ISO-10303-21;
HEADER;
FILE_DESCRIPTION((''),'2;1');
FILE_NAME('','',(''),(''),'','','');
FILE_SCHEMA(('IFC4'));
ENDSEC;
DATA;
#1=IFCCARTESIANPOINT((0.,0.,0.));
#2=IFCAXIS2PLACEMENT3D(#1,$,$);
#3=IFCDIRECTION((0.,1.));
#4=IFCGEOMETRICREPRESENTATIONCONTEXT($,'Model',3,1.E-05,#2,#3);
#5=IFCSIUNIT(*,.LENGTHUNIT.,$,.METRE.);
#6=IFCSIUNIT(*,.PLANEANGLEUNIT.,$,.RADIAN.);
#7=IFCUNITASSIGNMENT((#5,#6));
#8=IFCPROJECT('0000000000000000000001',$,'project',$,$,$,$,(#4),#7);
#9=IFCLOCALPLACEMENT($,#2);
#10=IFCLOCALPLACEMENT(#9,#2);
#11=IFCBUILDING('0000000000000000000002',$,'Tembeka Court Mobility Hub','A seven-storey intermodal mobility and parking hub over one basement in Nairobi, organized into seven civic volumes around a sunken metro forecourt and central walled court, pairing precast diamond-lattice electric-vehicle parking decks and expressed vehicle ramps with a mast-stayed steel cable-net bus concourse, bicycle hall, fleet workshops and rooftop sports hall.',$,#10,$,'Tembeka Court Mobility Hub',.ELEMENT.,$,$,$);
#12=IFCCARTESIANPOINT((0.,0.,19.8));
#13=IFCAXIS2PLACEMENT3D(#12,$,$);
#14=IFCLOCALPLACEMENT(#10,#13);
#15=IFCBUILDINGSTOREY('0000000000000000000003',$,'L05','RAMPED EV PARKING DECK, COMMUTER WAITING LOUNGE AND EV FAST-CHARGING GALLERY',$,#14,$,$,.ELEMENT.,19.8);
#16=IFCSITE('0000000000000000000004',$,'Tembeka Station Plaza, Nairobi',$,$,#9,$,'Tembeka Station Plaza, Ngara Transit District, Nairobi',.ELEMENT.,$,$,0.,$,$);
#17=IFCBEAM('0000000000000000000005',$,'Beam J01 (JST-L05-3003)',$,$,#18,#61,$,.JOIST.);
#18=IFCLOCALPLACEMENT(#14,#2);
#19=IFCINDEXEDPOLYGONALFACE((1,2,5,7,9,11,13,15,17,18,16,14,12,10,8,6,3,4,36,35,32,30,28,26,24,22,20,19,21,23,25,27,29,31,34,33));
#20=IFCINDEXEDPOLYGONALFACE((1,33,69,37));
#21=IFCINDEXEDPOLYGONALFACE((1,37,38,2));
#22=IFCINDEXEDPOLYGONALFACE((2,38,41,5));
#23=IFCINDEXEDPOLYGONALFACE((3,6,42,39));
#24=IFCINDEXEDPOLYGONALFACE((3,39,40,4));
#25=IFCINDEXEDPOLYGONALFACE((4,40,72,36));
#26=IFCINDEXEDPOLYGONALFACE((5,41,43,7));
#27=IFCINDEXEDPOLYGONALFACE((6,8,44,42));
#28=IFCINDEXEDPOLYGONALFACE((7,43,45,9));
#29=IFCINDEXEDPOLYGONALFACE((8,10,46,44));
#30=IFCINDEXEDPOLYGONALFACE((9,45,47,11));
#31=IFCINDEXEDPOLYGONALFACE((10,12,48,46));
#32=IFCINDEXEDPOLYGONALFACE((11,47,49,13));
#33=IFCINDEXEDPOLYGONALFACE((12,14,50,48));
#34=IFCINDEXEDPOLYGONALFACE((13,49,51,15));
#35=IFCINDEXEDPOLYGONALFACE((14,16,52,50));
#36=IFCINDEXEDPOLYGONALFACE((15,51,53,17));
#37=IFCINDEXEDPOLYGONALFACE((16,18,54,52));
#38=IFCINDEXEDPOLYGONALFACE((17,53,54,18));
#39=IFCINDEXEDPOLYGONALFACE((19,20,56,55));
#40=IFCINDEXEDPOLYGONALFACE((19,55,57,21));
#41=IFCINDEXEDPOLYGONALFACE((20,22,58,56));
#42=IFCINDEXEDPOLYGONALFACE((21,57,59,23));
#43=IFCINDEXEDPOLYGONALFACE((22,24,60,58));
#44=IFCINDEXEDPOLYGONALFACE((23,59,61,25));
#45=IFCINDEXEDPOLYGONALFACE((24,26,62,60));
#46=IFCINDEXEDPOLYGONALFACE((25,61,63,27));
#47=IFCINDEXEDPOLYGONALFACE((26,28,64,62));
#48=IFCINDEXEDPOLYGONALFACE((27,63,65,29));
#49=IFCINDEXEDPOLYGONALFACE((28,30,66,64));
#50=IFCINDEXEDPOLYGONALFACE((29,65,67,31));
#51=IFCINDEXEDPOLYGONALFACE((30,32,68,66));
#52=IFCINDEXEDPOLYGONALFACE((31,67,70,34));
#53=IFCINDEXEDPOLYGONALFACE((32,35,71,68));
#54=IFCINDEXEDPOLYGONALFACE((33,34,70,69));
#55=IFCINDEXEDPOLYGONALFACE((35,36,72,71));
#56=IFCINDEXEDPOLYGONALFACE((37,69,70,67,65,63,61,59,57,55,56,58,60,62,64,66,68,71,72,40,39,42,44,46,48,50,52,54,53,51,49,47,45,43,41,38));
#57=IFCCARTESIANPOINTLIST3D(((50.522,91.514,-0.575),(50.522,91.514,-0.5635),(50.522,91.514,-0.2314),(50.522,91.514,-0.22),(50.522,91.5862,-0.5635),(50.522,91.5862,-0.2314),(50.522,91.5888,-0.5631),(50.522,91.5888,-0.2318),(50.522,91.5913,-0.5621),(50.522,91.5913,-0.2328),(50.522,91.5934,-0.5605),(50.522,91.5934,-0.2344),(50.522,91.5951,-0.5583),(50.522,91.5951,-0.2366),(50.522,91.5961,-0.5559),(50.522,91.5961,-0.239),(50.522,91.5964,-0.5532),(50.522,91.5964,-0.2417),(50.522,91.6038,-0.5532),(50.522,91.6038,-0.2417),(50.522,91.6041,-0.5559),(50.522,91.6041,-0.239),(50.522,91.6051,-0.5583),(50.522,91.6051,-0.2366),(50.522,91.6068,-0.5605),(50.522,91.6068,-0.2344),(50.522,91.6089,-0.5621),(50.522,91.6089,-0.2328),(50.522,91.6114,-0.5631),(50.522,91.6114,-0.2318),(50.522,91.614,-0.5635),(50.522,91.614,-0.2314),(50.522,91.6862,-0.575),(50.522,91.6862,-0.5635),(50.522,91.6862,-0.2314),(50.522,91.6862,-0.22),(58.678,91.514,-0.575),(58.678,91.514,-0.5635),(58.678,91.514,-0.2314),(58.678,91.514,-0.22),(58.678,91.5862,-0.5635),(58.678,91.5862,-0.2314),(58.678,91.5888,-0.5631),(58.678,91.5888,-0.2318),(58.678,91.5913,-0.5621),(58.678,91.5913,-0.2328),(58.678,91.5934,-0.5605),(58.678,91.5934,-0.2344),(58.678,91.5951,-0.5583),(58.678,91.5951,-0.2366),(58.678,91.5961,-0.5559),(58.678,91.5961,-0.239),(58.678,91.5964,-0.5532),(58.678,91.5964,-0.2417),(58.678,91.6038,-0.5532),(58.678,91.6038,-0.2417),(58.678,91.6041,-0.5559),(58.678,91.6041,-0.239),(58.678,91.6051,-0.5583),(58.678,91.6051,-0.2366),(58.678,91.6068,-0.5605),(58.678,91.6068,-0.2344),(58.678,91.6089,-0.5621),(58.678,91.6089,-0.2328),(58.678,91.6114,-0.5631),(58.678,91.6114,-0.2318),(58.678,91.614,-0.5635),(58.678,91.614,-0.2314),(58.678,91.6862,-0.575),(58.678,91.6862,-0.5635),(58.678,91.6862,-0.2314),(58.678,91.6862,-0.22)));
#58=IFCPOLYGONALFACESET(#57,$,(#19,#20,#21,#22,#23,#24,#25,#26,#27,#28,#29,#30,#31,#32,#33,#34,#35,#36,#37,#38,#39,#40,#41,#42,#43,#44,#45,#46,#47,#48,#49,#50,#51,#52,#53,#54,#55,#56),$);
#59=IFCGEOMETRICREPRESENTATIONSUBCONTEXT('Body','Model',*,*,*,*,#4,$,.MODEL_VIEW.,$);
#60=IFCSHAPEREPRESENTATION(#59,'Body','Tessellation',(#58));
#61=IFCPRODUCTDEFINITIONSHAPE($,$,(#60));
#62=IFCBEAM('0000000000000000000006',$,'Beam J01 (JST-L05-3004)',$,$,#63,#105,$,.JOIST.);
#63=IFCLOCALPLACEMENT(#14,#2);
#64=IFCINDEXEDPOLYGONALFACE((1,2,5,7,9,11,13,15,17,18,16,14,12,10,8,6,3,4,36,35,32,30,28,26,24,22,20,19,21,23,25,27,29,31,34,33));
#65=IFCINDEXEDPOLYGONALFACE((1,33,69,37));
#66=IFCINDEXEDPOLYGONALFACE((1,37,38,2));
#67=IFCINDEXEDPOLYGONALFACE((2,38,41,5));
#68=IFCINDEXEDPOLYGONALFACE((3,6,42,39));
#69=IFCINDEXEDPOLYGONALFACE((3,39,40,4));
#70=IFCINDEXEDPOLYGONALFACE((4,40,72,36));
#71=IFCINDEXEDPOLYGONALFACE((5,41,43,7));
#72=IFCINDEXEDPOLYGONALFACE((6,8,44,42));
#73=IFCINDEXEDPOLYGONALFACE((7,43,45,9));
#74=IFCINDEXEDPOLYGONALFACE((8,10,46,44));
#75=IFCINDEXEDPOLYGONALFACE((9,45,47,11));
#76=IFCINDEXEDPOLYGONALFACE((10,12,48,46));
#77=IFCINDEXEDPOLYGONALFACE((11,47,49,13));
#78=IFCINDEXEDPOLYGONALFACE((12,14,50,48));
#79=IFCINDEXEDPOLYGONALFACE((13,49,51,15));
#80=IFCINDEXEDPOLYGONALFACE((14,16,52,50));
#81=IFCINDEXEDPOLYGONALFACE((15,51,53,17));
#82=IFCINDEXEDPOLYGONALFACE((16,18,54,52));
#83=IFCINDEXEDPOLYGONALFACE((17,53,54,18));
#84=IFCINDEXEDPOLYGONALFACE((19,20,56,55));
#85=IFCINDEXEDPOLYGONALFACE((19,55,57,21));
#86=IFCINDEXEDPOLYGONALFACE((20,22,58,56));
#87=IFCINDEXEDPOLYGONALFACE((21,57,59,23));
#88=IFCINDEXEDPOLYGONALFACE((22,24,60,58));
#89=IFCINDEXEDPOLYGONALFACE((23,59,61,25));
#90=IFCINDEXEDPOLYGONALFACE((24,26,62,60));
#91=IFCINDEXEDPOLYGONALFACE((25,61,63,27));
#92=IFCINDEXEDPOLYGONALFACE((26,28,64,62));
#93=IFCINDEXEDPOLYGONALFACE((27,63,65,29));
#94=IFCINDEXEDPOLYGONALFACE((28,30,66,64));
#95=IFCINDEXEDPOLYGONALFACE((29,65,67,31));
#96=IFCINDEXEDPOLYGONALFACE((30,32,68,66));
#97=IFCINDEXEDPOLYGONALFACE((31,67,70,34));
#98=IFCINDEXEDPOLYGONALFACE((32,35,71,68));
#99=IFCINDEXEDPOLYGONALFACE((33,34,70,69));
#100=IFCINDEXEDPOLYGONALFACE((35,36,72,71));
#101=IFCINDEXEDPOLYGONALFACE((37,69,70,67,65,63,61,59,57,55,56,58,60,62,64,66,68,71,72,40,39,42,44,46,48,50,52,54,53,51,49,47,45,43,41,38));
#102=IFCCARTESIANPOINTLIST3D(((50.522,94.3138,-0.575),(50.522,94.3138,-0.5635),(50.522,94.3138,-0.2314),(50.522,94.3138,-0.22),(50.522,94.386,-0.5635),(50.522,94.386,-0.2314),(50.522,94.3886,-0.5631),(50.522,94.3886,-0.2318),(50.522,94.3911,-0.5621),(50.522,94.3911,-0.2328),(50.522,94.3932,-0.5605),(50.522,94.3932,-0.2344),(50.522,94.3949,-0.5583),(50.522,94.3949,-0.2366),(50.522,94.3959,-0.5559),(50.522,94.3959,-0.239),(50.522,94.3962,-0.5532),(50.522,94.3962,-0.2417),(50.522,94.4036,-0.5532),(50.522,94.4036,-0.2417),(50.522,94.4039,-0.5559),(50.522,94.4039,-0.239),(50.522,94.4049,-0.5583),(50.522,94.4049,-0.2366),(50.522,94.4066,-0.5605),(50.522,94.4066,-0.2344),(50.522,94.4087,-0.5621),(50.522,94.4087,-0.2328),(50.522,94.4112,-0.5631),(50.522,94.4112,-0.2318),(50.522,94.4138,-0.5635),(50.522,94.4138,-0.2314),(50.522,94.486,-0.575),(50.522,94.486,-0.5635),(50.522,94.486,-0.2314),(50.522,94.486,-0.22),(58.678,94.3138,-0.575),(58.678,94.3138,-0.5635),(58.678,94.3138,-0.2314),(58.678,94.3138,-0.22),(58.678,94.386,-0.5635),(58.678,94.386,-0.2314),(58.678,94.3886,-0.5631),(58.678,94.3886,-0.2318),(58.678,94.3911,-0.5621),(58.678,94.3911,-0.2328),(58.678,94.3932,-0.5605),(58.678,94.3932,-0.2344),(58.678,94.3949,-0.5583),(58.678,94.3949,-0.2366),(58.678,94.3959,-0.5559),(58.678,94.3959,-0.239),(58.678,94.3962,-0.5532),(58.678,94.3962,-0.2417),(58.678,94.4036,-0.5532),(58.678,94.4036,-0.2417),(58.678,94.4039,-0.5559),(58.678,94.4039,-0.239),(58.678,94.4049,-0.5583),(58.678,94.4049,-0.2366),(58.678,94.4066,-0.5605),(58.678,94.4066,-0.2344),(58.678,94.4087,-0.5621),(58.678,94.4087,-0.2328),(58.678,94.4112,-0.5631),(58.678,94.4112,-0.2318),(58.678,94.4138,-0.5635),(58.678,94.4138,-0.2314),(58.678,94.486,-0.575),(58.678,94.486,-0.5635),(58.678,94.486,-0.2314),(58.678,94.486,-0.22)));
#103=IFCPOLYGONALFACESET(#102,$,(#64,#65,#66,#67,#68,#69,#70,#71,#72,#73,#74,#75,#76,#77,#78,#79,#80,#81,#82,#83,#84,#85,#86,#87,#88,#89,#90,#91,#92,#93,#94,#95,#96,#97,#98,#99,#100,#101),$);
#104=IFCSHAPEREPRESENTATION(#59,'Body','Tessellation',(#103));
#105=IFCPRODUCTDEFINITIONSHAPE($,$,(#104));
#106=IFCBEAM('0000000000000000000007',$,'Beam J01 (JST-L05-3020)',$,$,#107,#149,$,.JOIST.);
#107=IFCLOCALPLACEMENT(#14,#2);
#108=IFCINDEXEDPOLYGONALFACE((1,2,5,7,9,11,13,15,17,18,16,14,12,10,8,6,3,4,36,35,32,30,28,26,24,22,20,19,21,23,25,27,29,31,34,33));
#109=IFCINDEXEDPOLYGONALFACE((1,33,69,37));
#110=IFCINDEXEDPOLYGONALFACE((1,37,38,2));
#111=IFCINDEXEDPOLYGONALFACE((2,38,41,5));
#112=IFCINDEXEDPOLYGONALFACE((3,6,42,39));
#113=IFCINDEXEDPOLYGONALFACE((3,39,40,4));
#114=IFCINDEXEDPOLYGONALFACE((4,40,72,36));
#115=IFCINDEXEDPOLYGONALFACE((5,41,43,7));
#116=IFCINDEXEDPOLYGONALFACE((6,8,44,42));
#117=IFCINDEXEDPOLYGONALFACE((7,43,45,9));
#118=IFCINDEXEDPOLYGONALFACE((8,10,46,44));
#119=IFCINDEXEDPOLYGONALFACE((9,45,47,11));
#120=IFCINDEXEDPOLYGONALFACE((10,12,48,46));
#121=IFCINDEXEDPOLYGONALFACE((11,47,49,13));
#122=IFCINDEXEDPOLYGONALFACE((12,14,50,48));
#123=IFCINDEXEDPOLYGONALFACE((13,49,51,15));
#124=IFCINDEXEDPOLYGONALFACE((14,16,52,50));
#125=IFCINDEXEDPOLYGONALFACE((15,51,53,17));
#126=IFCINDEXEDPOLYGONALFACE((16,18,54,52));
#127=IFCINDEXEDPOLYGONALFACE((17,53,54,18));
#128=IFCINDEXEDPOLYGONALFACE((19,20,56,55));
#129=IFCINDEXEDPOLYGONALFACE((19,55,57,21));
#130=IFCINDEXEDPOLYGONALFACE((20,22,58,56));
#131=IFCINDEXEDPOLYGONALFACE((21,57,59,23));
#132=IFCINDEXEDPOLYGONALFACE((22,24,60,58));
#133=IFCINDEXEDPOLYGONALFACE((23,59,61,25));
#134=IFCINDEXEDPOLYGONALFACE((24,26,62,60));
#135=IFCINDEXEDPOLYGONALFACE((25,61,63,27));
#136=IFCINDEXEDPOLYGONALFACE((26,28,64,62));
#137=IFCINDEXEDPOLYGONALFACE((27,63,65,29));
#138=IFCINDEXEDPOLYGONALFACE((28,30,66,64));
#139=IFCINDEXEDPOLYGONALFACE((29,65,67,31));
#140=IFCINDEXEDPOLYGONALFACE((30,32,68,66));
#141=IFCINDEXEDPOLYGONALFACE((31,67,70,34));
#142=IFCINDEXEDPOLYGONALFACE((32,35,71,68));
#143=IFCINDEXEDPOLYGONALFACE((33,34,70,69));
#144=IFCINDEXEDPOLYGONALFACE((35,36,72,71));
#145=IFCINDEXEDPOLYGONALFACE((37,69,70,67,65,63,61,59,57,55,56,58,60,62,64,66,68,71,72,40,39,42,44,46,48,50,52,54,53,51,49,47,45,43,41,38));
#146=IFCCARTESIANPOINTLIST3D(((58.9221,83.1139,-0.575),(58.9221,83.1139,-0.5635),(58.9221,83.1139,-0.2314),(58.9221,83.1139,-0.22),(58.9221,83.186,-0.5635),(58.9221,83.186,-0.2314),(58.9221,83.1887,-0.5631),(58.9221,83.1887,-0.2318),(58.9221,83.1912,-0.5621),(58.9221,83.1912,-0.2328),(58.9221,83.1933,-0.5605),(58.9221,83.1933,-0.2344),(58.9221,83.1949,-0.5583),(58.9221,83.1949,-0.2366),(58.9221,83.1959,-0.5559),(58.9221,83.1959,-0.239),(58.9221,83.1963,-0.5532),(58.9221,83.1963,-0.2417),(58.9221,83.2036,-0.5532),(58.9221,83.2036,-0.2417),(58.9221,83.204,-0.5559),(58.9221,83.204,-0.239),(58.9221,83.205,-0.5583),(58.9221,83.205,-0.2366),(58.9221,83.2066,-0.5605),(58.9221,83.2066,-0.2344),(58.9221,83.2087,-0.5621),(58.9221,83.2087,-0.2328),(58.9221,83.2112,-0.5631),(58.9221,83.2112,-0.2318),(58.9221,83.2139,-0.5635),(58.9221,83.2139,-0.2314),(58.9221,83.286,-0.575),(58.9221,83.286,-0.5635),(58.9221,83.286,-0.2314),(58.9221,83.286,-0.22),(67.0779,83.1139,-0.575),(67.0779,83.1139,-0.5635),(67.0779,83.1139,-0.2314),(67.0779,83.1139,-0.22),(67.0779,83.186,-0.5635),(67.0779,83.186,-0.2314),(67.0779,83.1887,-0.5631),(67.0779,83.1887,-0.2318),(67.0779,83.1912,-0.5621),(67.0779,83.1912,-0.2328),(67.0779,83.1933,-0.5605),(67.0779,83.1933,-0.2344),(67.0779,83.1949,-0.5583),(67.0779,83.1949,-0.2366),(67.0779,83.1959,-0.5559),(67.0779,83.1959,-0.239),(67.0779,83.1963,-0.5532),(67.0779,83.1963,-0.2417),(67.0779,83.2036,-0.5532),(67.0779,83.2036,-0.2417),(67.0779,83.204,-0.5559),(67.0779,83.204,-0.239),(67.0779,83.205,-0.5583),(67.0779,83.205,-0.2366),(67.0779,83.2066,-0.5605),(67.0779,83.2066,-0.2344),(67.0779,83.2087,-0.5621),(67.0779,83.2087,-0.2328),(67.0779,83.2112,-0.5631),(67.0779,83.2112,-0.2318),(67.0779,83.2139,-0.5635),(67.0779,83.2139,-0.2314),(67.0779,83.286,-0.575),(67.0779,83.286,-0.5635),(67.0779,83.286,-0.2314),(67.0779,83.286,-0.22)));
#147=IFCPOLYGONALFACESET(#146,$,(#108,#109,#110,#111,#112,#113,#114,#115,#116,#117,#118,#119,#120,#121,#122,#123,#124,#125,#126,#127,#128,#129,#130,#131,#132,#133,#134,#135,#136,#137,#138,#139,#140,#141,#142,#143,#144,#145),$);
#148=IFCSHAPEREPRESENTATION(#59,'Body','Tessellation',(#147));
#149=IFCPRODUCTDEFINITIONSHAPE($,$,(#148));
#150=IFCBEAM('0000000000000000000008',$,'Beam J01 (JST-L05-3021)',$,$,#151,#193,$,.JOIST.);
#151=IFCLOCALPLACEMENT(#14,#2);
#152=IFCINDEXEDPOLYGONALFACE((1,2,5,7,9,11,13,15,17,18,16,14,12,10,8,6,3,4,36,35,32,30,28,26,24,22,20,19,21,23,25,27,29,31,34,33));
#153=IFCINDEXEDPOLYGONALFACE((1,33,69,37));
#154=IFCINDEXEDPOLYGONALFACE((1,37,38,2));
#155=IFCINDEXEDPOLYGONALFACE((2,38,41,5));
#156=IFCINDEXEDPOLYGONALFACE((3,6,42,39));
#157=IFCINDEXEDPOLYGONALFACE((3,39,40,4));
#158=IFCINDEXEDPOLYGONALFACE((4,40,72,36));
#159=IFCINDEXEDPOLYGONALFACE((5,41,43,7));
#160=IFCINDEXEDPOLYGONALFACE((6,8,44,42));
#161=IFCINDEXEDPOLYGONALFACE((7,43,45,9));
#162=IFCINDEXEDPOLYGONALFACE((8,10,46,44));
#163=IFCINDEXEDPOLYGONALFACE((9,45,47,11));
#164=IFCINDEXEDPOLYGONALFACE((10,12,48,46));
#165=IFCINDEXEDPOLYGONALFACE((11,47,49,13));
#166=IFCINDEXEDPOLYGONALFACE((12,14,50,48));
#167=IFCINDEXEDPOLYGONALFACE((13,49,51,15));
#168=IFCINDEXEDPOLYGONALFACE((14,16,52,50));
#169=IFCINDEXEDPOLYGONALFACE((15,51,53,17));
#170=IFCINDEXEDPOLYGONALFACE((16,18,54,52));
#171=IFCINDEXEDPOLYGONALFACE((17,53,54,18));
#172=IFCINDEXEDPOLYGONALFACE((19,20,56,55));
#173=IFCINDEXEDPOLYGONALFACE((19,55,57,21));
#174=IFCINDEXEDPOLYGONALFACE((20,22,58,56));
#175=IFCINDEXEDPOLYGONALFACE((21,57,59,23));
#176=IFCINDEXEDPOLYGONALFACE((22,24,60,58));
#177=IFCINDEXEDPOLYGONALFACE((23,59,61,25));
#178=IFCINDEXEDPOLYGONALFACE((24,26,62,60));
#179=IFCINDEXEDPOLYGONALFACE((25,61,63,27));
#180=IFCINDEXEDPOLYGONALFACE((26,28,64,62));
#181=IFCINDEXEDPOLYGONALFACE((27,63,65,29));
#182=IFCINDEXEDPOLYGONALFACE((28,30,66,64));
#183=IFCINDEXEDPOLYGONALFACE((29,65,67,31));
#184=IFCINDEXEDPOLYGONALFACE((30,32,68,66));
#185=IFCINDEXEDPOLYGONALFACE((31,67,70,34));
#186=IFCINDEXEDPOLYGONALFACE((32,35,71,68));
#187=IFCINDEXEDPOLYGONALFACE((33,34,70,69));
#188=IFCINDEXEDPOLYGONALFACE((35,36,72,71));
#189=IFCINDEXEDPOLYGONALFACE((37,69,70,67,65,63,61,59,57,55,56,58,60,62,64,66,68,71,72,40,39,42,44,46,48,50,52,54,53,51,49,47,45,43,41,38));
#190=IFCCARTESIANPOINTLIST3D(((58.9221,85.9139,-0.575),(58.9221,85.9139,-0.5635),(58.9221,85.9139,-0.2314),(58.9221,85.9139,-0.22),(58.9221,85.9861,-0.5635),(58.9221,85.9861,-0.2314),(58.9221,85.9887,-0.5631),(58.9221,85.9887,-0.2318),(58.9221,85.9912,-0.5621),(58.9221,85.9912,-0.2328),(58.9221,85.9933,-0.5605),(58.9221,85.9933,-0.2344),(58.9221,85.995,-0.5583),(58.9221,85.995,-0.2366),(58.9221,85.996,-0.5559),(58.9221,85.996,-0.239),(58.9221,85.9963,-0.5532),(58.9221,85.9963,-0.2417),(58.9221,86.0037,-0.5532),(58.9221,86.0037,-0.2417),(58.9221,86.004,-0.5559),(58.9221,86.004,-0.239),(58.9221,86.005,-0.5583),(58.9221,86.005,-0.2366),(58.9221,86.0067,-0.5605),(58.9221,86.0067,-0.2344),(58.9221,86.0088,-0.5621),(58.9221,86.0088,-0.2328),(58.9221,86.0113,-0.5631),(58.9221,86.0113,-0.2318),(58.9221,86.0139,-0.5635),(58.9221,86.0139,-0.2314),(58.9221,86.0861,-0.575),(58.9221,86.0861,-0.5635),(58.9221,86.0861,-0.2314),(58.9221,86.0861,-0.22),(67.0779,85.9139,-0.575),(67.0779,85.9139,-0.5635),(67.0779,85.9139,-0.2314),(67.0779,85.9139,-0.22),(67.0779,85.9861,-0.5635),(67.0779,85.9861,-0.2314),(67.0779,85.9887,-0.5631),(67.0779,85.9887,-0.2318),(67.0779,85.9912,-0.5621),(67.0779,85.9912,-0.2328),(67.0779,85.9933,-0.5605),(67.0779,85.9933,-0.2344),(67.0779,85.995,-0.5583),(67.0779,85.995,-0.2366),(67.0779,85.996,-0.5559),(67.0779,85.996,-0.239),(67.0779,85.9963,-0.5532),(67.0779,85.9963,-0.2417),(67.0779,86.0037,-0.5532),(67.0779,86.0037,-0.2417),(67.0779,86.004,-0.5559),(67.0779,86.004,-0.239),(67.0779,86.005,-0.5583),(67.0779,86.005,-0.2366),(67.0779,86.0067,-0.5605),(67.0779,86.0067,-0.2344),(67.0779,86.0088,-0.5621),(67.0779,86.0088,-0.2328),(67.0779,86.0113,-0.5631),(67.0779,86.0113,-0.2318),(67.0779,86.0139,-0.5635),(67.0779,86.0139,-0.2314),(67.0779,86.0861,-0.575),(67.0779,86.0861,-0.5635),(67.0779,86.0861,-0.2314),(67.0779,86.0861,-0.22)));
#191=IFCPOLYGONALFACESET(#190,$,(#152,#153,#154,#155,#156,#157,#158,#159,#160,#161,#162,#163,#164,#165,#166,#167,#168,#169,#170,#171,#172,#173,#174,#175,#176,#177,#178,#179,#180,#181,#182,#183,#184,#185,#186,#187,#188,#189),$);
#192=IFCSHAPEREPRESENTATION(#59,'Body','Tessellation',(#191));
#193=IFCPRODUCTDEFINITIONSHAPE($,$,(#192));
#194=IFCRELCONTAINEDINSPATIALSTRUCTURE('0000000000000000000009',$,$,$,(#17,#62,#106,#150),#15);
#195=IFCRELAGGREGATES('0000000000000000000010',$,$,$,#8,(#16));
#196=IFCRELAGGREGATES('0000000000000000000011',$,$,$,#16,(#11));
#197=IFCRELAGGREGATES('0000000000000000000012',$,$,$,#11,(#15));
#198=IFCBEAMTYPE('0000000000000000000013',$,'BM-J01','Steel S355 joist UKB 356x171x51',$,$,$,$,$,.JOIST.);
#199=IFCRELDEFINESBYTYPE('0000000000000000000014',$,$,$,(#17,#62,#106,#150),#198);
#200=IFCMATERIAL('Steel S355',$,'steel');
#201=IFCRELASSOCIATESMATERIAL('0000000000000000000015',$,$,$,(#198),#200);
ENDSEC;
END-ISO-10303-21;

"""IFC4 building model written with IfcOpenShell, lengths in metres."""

from ifc_helpers import new_model, si_unit, direction, frame, origin, origin_2d, place, context, subcontext, project, spatial, i_section, extrude, material, material_profile, profile_set, type_object, element, save


model = new_model("IFC4")

# Units and contexts
model_context = context("Model", 3, precision=1e-05, world=origin(), true_north=direction((0.0, 1.0)))
body_context = subcontext(model_context, "Body", "Model", "MODEL_VIEW")
ifc_project = project(units=[si_unit("LENGTHUNIT", "METRE"), si_unit("PLANEANGLEUNIT", "RADIAN")], contexts=[model_context])

# Site, building, storey
site_placement = place(None, origin())
site = spatial("IfcSite", under=ifc_project, at=site_placement, Name="Tembeka Station Plaza, Nairobi", LongName="Tembeka Station Plaza, Ngara Transit District, Nairobi", CompositionType="ELEMENT", RefElevation=0.0)
building_placement = place(site_placement, origin())
building = spatial("IfcBuilding", under=site, at=building_placement, Name="Tembeka Court Mobility Hub", Description="A seven-storey intermodal mobility and parking hub over one basement in Nairobi, organized into seven civic volumes around a sunken metro forecourt and central walled court, pairing precast diamond-lattice electric-vehicle parking decks and expressed vehicle ramps with a mast-stayed steel cable-net bus concourse, bicycle hall, fleet workshops and rooftop sports hall.", LongName="Tembeka Court Mobility Hub", CompositionType="ELEMENT")
storey_placement = place(building_placement, frame((0.0, 0.0, 19.8)))
storey = spatial("IfcBuildingStorey", under=building, at=storey_placement, Name="L05", Description="RAMPED EV PARKING DECK, COMMUTER WAITING LOUNGE AND EV FAST-CHARGING GALLERY", CompositionType="ELEMENT", Elevation=19.8)

# Shared definitions
ifc_material = material(Name="Steel S355", Category="steel")

# Beams
ifc_material_profile_1 = material_profile(ifc_material, i_section(OverallWidth=0.1721, OverallDepth=0.355, WebThickness=0.0073, FlangeThickness=0.0115, FilletRadius=0.0103, at=origin_2d()), Name="UKB 356x171x51")
ifc_profile_set_1 = profile_set([ifc_material_profile_1], Name="Steel S355")
beam_type_1 = type_object("IfcBeamType", Name="BM-J01", Description="Steel S355 joist UKB 356x171x51", PredefinedType="JOIST", material=ifc_profile_set_1)
for number, where, z_axis, x_axis, name in (
    (1, (50.522, 91.6001, -0.3975), (1.0, 0.0, 0.0), (0.0, 1.0, 0.0), "Beam J01 (JST-L05-3003)"),
    (2, (50.522, 94.3999, -0.3975), (1.0, 0.0, 0.0), (0.0, 1.0, 0.0), "Beam J01 (JST-L05-3004)"),
):
    element("IfcBeam", number, at=place(storey_placement, frame(where, z_axis=z_axis, x_axis=x_axis)), inside=storey, type_object=beam_type_1, Name=name, PredefinedType="JOIST", context=body_context, shape_type="SweptSolid", body=[
        extrude(i_section(OverallWidth=0.1721, OverallDepth=0.355, WebThickness=0.0073, FlangeThickness=0.0115, FilletRadius=0.0103, at=origin_2d()), origin(), (0.0, 0.0, 1.0), 8.156),
    ])
for number, where, z_axis, x_axis, name in (
    (3, (58.9221, 83.2, -0.3975), (1.0, 0.0, 0.0), (0.0, 1.0, 0.0), "Beam J01 (JST-L05-3020)"),
    (4, (58.9221, 86.0, -0.3975), (1.0, 0.0, 0.0), (0.0, 1.0, 0.0), "Beam J01 (JST-L05-3021)"),
):
    element("IfcBeam", number, at=place(storey_placement, frame(where, z_axis=z_axis, x_axis=x_axis)), inside=storey, type_object=beam_type_1, Name=name, PredefinedType="JOIST", context=body_context, shape_type="SweptSolid", body=[
        extrude(i_section(OverallWidth=0.1721, OverallDepth=0.355, WebThickness=0.0073, FlangeThickness=0.0115, FilletRadius=0.0103, at=origin_2d()), origin(), (0.0, 0.0, 1.0), 8.1558),
    ])

save(model, "model.ifc")
